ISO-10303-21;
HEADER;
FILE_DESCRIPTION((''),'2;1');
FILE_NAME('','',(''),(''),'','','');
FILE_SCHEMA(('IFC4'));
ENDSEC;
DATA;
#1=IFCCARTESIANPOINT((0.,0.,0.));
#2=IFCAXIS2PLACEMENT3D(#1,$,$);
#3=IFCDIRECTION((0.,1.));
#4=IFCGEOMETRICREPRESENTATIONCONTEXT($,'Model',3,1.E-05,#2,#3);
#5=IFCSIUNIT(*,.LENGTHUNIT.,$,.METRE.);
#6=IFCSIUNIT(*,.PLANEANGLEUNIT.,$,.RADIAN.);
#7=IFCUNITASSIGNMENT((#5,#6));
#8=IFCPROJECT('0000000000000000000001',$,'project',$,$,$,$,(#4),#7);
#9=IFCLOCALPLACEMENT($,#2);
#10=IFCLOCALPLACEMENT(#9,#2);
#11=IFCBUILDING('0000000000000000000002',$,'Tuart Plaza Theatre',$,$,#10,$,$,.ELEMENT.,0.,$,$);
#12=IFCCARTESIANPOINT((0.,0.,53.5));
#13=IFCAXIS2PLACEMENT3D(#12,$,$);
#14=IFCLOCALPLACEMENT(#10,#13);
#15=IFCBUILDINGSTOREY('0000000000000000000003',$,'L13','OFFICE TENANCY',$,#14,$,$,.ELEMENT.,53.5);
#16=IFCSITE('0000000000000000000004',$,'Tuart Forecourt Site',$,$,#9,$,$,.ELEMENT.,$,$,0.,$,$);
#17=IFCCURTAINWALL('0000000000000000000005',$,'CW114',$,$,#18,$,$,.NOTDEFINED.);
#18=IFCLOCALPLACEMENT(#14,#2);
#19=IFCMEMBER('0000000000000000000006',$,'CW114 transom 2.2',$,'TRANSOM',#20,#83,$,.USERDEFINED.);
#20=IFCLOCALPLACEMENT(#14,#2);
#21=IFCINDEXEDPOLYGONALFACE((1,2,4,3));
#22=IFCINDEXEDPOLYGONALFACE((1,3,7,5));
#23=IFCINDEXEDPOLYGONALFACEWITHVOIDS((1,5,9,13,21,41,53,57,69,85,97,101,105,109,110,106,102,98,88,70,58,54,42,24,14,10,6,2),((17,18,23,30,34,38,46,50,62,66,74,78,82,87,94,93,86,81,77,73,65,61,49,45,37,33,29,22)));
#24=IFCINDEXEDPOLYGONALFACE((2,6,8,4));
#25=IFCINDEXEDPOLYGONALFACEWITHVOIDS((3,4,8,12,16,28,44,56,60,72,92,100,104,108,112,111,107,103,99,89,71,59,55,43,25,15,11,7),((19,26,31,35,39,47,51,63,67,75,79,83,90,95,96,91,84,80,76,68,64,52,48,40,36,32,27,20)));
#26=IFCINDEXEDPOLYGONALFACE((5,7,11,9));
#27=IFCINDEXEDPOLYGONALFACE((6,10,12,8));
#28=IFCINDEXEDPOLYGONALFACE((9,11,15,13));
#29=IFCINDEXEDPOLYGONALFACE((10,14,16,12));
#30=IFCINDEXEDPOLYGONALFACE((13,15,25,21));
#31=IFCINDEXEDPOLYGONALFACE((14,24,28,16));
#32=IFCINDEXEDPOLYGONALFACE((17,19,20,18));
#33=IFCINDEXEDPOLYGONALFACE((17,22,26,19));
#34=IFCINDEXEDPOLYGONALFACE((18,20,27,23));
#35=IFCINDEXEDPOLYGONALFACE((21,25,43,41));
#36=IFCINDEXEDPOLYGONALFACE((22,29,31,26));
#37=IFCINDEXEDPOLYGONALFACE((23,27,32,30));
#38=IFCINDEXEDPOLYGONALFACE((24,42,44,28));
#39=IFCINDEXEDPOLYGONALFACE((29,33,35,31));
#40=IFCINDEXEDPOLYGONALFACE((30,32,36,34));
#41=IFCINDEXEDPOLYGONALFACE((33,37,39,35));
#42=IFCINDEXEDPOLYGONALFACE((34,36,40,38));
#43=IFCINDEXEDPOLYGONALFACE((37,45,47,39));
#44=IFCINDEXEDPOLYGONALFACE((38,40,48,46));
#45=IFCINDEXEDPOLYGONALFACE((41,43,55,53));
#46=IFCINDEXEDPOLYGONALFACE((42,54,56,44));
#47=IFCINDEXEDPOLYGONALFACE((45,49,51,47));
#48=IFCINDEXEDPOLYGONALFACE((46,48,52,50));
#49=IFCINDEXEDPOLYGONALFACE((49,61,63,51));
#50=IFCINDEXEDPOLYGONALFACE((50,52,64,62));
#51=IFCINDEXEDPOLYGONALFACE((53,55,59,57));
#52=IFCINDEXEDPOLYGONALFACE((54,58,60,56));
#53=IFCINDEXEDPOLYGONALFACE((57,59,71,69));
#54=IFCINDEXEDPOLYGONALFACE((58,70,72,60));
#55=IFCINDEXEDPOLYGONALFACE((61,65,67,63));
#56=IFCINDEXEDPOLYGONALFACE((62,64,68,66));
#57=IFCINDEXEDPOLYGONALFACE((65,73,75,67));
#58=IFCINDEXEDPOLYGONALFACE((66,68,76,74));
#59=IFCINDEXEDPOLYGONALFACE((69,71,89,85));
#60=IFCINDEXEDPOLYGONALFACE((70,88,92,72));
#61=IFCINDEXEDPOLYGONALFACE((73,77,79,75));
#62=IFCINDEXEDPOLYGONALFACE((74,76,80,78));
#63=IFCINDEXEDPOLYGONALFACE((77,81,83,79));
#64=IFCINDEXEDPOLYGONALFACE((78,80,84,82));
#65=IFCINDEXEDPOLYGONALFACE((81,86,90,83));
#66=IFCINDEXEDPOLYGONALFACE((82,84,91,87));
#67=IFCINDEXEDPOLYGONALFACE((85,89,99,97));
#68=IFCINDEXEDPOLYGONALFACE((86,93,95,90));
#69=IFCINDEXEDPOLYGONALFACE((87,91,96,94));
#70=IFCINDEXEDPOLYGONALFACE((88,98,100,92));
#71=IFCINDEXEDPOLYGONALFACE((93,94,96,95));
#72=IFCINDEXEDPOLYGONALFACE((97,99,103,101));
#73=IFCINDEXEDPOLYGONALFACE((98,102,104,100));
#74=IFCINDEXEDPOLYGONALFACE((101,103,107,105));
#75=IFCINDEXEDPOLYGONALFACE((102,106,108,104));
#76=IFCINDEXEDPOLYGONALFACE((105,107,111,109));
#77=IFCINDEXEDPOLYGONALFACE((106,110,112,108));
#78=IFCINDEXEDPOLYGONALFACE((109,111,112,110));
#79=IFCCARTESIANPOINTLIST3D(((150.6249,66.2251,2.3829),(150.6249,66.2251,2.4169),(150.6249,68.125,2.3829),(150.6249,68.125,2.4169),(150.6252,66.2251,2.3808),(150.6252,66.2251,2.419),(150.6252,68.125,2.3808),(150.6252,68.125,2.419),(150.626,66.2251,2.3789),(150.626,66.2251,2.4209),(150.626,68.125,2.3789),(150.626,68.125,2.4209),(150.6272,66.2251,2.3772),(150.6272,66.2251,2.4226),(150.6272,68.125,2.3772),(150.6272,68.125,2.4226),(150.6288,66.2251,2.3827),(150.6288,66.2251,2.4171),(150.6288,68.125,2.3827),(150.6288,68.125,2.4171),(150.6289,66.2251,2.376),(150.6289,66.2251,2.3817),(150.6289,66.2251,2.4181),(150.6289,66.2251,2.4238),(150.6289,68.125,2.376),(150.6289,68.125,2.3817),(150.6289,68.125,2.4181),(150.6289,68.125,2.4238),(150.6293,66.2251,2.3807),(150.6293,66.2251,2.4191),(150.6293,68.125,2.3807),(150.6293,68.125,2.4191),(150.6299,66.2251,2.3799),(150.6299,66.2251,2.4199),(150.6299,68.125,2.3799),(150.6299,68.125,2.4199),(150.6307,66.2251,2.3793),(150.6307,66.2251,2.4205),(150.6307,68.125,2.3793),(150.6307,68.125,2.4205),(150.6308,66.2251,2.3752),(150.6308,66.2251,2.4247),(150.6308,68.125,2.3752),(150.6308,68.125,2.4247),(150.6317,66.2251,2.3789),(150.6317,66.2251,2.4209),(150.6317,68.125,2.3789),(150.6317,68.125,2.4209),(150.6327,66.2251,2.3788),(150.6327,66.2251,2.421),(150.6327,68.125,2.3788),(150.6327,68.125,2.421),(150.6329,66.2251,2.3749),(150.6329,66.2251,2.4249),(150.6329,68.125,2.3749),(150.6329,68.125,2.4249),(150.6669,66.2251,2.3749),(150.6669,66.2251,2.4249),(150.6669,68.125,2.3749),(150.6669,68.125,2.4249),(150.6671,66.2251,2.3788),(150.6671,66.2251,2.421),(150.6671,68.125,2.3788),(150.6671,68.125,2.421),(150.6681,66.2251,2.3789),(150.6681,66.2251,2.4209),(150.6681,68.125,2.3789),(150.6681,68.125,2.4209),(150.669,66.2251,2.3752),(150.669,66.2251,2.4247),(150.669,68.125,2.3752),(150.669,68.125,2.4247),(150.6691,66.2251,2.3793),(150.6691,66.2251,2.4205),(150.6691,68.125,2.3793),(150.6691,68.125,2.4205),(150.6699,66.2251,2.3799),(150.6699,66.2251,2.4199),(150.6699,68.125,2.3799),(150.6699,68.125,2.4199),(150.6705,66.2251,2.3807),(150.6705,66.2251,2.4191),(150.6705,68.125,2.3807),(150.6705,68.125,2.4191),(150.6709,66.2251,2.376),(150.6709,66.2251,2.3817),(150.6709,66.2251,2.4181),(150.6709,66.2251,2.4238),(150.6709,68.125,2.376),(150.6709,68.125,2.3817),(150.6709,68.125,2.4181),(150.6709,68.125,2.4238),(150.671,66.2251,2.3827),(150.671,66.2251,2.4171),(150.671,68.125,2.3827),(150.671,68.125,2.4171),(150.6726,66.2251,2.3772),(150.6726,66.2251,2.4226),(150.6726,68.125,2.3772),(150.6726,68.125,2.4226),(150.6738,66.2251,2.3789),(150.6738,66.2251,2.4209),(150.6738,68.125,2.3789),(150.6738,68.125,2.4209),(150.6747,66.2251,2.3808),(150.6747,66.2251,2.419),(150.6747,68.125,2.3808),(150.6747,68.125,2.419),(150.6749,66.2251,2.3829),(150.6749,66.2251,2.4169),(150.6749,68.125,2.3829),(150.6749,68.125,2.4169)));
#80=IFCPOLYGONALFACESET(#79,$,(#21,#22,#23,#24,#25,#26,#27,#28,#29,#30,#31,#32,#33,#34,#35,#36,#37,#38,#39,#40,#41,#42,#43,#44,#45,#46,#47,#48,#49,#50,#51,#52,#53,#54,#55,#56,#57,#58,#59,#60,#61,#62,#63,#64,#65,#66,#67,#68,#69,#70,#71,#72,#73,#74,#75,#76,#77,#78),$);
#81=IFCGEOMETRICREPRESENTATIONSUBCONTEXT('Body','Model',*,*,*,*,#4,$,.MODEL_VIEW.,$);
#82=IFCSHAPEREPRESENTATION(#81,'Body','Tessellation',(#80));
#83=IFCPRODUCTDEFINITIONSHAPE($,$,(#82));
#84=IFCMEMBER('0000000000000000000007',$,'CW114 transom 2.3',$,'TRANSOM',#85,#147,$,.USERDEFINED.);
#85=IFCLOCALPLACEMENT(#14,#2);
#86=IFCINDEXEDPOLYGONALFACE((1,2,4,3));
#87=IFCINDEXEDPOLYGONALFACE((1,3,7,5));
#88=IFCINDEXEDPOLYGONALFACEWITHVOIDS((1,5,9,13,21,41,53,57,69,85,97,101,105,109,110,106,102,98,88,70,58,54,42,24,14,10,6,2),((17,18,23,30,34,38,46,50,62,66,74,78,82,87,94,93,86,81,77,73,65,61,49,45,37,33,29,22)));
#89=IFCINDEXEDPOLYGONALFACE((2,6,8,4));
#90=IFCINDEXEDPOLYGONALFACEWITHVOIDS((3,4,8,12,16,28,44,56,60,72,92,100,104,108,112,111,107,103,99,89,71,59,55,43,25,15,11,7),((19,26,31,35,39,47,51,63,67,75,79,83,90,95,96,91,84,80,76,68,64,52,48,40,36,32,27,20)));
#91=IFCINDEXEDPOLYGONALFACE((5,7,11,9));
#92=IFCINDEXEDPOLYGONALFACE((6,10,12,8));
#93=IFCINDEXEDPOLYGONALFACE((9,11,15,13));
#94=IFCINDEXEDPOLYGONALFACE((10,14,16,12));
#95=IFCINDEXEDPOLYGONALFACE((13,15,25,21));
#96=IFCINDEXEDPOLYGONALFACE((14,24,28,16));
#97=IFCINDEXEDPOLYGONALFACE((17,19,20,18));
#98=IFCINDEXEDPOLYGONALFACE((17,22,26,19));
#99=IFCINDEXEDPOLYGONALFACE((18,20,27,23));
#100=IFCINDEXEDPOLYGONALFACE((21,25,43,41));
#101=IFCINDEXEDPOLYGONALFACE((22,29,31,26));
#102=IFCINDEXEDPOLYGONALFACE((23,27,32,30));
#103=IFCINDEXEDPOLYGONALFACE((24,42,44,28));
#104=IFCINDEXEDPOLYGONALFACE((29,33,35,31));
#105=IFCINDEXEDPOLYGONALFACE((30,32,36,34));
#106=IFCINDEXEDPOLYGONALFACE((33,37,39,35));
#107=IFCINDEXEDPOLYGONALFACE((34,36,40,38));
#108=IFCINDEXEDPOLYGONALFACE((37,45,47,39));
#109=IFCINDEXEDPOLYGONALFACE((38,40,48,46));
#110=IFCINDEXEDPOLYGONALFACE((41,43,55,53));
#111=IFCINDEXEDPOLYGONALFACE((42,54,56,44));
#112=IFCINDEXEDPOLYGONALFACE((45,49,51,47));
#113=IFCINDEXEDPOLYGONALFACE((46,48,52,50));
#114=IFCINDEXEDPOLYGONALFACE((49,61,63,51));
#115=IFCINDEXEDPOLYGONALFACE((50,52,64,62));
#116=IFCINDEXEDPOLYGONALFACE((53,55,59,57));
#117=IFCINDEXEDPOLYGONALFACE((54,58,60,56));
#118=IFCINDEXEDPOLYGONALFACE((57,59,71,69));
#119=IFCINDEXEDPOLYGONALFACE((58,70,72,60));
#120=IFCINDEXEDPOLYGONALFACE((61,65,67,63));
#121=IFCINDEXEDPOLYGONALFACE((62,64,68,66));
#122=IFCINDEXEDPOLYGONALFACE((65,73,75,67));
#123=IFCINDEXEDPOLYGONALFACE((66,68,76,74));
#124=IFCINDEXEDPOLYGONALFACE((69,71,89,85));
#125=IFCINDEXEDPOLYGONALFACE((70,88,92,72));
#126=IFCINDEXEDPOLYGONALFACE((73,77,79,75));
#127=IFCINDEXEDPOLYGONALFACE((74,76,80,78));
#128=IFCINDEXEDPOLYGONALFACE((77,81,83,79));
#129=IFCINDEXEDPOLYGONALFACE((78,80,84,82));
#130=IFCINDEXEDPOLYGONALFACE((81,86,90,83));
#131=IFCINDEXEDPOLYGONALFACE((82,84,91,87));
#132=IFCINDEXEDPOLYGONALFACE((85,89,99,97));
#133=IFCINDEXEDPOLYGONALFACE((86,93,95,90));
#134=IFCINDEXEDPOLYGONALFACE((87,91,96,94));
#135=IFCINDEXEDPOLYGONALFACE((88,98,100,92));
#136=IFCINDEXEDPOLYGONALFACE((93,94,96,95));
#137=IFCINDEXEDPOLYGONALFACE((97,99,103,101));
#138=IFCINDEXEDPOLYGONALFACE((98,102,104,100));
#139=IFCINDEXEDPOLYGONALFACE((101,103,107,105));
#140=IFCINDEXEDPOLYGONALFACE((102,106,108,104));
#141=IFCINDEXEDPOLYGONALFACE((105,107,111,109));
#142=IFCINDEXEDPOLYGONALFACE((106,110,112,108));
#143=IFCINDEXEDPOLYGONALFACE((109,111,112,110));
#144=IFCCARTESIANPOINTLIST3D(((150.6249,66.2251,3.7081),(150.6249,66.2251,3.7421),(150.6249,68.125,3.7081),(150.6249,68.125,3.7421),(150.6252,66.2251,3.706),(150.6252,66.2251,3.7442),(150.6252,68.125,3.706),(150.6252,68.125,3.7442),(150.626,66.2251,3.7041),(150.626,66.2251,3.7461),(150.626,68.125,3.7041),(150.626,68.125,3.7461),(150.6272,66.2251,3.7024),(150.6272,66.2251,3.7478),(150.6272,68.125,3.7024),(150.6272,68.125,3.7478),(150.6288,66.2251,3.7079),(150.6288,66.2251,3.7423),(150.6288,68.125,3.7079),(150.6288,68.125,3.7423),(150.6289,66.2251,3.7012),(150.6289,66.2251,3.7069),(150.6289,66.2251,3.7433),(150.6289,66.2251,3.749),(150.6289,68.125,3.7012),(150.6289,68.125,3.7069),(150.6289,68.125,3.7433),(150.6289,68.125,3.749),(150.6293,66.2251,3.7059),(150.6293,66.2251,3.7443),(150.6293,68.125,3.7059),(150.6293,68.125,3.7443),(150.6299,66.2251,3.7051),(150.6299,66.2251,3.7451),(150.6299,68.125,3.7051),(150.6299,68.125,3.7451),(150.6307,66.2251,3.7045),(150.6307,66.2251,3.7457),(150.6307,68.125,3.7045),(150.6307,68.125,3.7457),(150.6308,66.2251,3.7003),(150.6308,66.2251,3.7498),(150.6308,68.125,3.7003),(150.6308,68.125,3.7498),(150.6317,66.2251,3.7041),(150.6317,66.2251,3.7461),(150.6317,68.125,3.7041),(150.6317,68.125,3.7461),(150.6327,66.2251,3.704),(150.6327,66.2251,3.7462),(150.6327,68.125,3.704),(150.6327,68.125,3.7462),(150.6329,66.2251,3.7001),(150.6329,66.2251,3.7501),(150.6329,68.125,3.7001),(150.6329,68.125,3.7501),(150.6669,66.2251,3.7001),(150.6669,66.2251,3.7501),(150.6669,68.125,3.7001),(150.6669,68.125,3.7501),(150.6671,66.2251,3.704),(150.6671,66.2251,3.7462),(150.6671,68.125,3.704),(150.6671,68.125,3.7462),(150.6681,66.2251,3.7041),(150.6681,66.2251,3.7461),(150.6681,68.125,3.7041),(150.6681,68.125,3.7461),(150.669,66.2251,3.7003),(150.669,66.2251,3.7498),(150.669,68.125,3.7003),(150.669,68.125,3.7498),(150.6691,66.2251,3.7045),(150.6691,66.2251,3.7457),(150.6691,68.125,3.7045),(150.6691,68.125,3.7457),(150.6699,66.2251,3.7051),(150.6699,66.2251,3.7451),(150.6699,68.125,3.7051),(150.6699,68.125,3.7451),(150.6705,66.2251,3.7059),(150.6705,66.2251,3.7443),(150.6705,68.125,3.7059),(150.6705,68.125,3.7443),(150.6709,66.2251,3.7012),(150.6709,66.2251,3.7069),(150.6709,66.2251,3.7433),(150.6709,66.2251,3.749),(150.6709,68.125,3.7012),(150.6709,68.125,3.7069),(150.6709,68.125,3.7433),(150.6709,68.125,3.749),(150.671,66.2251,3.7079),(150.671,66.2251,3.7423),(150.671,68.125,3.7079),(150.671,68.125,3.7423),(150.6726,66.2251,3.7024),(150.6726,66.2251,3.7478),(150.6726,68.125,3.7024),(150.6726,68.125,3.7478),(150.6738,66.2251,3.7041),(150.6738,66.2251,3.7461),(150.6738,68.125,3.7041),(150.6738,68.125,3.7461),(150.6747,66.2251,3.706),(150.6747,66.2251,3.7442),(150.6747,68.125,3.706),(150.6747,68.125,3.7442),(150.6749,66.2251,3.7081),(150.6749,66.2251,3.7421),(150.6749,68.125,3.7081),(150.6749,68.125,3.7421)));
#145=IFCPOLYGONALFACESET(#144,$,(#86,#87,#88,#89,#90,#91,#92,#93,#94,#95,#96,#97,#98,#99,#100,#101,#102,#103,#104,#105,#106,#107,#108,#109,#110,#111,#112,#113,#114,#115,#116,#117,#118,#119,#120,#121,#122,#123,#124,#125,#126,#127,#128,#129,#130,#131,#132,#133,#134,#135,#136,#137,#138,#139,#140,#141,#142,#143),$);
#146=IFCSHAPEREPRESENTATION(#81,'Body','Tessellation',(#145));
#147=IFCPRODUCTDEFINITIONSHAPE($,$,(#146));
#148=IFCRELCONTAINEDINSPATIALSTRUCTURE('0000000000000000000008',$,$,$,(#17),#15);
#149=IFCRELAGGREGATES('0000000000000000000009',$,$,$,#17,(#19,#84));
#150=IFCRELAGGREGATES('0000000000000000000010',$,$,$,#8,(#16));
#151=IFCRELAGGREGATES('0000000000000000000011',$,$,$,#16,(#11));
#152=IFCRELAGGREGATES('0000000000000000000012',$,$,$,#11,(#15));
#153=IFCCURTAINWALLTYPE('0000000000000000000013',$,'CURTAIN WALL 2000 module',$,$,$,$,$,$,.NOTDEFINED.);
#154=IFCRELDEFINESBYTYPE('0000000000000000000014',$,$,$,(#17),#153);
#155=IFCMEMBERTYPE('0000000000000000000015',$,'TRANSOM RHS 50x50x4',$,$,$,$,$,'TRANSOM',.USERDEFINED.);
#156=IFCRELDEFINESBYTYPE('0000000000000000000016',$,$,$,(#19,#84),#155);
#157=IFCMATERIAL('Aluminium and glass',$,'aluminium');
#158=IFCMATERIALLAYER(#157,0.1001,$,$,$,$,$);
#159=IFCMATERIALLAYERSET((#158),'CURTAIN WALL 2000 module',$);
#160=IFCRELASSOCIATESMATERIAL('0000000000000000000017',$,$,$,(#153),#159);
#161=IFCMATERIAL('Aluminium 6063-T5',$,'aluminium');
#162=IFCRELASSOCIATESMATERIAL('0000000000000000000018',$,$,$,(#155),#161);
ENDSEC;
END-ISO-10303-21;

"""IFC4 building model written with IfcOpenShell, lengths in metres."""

from ifc_helpers import new_model, si_unit, direction, frame, origin, origin_2d, place, context, subcontext, project, spatial, hollow_rectangle, extrude, material, layer, layer_set, material_profile, profile_set, type_object, element, aggregate, save


model = new_model("IFC4")

# Units and contexts
model_context = context("Model", 3, precision=1e-05, world=origin(), true_north=direction((0.0, 1.0)))
body_context = subcontext(model_context, "Body", "Model", "MODEL_VIEW")
ifc_project = project(units=[si_unit("LENGTHUNIT", "METRE"), si_unit("PLANEANGLEUNIT", "RADIAN")], contexts=[model_context])

# Site, building, storey
site_placement = place(None, origin())
site = spatial("IfcSite", under=ifc_project, at=site_placement, Name="Tuart Forecourt Site", CompositionType="ELEMENT", RefElevation=0.0)
building_placement = place(site_placement, origin())
building = spatial("IfcBuilding", under=site, at=building_placement, Name="Tuart Plaza Theatre", CompositionType="ELEMENT", ElevationOfRefHeight=0.0)
storey_placement = place(building_placement, frame((0.0, 0.0, 53.5)))
storey = spatial("IfcBuildingStorey", under=building, at=storey_placement, Name="L13", Description="OFFICE TENANCY", CompositionType="ELEMENT", Elevation=53.5)

# Shared definitions
ifc_material_1 = material(Name="Aluminium and glass", Category="aluminium")
ifc_layer_1 = layer(ifc_material_1, 0.1001)
ifc_layer_set_1 = layer_set([ifc_layer_1], Name="CURTAIN WALL 2000 module")
curtain_wall_type = type_object("IfcCurtainWallType", Name="CURTAIN WALL 2000 module", PredefinedType="NOTDEFINED", material=ifc_layer_set_1)

# Curtain wall, members
curtain_wall_1_placement = place(storey_placement, origin())
curtain_wall_1 = element("IfcCurtainWall", 1, at=curtain_wall_1_placement, inside=storey, type_object=curtain_wall_type, Name="CW114", PredefinedType="NOTDEFINED")
ifc_material_2 = material(Name="Aluminium 6063-T5", Category="aluminium")
ifc_material_profile_1 = material_profile(ifc_material_2, hollow_rectangle(XDim=0.05, YDim=0.05, WallThickness=0.0039, InnerFilletRadius=0.0039, OuterFilletRadius=0.0081, at=origin_2d()), Name="RHS 50x50x4")
ifc_profile_set_1 = profile_set([ifc_material_profile_1], Name="Aluminium 6063-T5")
member_type_1 = type_object("IfcMemberType", Name="TRANSOM RHS 50x50x4", ElementType="TRANSOM", PredefinedType="USERDEFINED", material=ifc_profile_set_1)
member_1_placement = place(storey_placement, frame((150.6499, 66.2251, 2.3999), z_axis=(0.0, 1.0, 0.0), x_axis=(-1.0, 0.0, 0.0)))
member_1 = element("IfcMember", 2, at=member_1_placement, type_object=member_type_1, Name="CW114 transom 2.2", ObjectType="TRANSOM", PredefinedType="USERDEFINED", context=body_context, shape_type="SweptSolid", body=[
    extrude(hollow_rectangle(XDim=0.05, YDim=0.05, WallThickness=0.0039, InnerFilletRadius=0.0039, OuterFilletRadius=0.0081, at=origin_2d()), origin(), (0.0, 0.0, 1.0), 1.8999),
])
member_2_placement = place(storey_placement, frame((150.6499, 66.2251, 3.7251), z_axis=(0.0, 1.0, 0.0), x_axis=(-1.0, 0.0, 0.0)))
member_2 = element("IfcMember", 3, at=member_2_placement, type_object=member_type_1, Name="CW114 transom 2.3", ObjectType="TRANSOM", PredefinedType="USERDEFINED", context=body_context, shape_type="SweptSolid", body=[
    extrude(hollow_rectangle(XDim=0.05, YDim=0.05, WallThickness=0.0039, InnerFilletRadius=0.0039, OuterFilletRadius=0.0081, at=origin_2d()), origin(), (0.0, 0.0, 1.0), 1.8999),
])

aggregate(curtain_wall_1, [member_1, member_2])

save(model, "model.ifc")
